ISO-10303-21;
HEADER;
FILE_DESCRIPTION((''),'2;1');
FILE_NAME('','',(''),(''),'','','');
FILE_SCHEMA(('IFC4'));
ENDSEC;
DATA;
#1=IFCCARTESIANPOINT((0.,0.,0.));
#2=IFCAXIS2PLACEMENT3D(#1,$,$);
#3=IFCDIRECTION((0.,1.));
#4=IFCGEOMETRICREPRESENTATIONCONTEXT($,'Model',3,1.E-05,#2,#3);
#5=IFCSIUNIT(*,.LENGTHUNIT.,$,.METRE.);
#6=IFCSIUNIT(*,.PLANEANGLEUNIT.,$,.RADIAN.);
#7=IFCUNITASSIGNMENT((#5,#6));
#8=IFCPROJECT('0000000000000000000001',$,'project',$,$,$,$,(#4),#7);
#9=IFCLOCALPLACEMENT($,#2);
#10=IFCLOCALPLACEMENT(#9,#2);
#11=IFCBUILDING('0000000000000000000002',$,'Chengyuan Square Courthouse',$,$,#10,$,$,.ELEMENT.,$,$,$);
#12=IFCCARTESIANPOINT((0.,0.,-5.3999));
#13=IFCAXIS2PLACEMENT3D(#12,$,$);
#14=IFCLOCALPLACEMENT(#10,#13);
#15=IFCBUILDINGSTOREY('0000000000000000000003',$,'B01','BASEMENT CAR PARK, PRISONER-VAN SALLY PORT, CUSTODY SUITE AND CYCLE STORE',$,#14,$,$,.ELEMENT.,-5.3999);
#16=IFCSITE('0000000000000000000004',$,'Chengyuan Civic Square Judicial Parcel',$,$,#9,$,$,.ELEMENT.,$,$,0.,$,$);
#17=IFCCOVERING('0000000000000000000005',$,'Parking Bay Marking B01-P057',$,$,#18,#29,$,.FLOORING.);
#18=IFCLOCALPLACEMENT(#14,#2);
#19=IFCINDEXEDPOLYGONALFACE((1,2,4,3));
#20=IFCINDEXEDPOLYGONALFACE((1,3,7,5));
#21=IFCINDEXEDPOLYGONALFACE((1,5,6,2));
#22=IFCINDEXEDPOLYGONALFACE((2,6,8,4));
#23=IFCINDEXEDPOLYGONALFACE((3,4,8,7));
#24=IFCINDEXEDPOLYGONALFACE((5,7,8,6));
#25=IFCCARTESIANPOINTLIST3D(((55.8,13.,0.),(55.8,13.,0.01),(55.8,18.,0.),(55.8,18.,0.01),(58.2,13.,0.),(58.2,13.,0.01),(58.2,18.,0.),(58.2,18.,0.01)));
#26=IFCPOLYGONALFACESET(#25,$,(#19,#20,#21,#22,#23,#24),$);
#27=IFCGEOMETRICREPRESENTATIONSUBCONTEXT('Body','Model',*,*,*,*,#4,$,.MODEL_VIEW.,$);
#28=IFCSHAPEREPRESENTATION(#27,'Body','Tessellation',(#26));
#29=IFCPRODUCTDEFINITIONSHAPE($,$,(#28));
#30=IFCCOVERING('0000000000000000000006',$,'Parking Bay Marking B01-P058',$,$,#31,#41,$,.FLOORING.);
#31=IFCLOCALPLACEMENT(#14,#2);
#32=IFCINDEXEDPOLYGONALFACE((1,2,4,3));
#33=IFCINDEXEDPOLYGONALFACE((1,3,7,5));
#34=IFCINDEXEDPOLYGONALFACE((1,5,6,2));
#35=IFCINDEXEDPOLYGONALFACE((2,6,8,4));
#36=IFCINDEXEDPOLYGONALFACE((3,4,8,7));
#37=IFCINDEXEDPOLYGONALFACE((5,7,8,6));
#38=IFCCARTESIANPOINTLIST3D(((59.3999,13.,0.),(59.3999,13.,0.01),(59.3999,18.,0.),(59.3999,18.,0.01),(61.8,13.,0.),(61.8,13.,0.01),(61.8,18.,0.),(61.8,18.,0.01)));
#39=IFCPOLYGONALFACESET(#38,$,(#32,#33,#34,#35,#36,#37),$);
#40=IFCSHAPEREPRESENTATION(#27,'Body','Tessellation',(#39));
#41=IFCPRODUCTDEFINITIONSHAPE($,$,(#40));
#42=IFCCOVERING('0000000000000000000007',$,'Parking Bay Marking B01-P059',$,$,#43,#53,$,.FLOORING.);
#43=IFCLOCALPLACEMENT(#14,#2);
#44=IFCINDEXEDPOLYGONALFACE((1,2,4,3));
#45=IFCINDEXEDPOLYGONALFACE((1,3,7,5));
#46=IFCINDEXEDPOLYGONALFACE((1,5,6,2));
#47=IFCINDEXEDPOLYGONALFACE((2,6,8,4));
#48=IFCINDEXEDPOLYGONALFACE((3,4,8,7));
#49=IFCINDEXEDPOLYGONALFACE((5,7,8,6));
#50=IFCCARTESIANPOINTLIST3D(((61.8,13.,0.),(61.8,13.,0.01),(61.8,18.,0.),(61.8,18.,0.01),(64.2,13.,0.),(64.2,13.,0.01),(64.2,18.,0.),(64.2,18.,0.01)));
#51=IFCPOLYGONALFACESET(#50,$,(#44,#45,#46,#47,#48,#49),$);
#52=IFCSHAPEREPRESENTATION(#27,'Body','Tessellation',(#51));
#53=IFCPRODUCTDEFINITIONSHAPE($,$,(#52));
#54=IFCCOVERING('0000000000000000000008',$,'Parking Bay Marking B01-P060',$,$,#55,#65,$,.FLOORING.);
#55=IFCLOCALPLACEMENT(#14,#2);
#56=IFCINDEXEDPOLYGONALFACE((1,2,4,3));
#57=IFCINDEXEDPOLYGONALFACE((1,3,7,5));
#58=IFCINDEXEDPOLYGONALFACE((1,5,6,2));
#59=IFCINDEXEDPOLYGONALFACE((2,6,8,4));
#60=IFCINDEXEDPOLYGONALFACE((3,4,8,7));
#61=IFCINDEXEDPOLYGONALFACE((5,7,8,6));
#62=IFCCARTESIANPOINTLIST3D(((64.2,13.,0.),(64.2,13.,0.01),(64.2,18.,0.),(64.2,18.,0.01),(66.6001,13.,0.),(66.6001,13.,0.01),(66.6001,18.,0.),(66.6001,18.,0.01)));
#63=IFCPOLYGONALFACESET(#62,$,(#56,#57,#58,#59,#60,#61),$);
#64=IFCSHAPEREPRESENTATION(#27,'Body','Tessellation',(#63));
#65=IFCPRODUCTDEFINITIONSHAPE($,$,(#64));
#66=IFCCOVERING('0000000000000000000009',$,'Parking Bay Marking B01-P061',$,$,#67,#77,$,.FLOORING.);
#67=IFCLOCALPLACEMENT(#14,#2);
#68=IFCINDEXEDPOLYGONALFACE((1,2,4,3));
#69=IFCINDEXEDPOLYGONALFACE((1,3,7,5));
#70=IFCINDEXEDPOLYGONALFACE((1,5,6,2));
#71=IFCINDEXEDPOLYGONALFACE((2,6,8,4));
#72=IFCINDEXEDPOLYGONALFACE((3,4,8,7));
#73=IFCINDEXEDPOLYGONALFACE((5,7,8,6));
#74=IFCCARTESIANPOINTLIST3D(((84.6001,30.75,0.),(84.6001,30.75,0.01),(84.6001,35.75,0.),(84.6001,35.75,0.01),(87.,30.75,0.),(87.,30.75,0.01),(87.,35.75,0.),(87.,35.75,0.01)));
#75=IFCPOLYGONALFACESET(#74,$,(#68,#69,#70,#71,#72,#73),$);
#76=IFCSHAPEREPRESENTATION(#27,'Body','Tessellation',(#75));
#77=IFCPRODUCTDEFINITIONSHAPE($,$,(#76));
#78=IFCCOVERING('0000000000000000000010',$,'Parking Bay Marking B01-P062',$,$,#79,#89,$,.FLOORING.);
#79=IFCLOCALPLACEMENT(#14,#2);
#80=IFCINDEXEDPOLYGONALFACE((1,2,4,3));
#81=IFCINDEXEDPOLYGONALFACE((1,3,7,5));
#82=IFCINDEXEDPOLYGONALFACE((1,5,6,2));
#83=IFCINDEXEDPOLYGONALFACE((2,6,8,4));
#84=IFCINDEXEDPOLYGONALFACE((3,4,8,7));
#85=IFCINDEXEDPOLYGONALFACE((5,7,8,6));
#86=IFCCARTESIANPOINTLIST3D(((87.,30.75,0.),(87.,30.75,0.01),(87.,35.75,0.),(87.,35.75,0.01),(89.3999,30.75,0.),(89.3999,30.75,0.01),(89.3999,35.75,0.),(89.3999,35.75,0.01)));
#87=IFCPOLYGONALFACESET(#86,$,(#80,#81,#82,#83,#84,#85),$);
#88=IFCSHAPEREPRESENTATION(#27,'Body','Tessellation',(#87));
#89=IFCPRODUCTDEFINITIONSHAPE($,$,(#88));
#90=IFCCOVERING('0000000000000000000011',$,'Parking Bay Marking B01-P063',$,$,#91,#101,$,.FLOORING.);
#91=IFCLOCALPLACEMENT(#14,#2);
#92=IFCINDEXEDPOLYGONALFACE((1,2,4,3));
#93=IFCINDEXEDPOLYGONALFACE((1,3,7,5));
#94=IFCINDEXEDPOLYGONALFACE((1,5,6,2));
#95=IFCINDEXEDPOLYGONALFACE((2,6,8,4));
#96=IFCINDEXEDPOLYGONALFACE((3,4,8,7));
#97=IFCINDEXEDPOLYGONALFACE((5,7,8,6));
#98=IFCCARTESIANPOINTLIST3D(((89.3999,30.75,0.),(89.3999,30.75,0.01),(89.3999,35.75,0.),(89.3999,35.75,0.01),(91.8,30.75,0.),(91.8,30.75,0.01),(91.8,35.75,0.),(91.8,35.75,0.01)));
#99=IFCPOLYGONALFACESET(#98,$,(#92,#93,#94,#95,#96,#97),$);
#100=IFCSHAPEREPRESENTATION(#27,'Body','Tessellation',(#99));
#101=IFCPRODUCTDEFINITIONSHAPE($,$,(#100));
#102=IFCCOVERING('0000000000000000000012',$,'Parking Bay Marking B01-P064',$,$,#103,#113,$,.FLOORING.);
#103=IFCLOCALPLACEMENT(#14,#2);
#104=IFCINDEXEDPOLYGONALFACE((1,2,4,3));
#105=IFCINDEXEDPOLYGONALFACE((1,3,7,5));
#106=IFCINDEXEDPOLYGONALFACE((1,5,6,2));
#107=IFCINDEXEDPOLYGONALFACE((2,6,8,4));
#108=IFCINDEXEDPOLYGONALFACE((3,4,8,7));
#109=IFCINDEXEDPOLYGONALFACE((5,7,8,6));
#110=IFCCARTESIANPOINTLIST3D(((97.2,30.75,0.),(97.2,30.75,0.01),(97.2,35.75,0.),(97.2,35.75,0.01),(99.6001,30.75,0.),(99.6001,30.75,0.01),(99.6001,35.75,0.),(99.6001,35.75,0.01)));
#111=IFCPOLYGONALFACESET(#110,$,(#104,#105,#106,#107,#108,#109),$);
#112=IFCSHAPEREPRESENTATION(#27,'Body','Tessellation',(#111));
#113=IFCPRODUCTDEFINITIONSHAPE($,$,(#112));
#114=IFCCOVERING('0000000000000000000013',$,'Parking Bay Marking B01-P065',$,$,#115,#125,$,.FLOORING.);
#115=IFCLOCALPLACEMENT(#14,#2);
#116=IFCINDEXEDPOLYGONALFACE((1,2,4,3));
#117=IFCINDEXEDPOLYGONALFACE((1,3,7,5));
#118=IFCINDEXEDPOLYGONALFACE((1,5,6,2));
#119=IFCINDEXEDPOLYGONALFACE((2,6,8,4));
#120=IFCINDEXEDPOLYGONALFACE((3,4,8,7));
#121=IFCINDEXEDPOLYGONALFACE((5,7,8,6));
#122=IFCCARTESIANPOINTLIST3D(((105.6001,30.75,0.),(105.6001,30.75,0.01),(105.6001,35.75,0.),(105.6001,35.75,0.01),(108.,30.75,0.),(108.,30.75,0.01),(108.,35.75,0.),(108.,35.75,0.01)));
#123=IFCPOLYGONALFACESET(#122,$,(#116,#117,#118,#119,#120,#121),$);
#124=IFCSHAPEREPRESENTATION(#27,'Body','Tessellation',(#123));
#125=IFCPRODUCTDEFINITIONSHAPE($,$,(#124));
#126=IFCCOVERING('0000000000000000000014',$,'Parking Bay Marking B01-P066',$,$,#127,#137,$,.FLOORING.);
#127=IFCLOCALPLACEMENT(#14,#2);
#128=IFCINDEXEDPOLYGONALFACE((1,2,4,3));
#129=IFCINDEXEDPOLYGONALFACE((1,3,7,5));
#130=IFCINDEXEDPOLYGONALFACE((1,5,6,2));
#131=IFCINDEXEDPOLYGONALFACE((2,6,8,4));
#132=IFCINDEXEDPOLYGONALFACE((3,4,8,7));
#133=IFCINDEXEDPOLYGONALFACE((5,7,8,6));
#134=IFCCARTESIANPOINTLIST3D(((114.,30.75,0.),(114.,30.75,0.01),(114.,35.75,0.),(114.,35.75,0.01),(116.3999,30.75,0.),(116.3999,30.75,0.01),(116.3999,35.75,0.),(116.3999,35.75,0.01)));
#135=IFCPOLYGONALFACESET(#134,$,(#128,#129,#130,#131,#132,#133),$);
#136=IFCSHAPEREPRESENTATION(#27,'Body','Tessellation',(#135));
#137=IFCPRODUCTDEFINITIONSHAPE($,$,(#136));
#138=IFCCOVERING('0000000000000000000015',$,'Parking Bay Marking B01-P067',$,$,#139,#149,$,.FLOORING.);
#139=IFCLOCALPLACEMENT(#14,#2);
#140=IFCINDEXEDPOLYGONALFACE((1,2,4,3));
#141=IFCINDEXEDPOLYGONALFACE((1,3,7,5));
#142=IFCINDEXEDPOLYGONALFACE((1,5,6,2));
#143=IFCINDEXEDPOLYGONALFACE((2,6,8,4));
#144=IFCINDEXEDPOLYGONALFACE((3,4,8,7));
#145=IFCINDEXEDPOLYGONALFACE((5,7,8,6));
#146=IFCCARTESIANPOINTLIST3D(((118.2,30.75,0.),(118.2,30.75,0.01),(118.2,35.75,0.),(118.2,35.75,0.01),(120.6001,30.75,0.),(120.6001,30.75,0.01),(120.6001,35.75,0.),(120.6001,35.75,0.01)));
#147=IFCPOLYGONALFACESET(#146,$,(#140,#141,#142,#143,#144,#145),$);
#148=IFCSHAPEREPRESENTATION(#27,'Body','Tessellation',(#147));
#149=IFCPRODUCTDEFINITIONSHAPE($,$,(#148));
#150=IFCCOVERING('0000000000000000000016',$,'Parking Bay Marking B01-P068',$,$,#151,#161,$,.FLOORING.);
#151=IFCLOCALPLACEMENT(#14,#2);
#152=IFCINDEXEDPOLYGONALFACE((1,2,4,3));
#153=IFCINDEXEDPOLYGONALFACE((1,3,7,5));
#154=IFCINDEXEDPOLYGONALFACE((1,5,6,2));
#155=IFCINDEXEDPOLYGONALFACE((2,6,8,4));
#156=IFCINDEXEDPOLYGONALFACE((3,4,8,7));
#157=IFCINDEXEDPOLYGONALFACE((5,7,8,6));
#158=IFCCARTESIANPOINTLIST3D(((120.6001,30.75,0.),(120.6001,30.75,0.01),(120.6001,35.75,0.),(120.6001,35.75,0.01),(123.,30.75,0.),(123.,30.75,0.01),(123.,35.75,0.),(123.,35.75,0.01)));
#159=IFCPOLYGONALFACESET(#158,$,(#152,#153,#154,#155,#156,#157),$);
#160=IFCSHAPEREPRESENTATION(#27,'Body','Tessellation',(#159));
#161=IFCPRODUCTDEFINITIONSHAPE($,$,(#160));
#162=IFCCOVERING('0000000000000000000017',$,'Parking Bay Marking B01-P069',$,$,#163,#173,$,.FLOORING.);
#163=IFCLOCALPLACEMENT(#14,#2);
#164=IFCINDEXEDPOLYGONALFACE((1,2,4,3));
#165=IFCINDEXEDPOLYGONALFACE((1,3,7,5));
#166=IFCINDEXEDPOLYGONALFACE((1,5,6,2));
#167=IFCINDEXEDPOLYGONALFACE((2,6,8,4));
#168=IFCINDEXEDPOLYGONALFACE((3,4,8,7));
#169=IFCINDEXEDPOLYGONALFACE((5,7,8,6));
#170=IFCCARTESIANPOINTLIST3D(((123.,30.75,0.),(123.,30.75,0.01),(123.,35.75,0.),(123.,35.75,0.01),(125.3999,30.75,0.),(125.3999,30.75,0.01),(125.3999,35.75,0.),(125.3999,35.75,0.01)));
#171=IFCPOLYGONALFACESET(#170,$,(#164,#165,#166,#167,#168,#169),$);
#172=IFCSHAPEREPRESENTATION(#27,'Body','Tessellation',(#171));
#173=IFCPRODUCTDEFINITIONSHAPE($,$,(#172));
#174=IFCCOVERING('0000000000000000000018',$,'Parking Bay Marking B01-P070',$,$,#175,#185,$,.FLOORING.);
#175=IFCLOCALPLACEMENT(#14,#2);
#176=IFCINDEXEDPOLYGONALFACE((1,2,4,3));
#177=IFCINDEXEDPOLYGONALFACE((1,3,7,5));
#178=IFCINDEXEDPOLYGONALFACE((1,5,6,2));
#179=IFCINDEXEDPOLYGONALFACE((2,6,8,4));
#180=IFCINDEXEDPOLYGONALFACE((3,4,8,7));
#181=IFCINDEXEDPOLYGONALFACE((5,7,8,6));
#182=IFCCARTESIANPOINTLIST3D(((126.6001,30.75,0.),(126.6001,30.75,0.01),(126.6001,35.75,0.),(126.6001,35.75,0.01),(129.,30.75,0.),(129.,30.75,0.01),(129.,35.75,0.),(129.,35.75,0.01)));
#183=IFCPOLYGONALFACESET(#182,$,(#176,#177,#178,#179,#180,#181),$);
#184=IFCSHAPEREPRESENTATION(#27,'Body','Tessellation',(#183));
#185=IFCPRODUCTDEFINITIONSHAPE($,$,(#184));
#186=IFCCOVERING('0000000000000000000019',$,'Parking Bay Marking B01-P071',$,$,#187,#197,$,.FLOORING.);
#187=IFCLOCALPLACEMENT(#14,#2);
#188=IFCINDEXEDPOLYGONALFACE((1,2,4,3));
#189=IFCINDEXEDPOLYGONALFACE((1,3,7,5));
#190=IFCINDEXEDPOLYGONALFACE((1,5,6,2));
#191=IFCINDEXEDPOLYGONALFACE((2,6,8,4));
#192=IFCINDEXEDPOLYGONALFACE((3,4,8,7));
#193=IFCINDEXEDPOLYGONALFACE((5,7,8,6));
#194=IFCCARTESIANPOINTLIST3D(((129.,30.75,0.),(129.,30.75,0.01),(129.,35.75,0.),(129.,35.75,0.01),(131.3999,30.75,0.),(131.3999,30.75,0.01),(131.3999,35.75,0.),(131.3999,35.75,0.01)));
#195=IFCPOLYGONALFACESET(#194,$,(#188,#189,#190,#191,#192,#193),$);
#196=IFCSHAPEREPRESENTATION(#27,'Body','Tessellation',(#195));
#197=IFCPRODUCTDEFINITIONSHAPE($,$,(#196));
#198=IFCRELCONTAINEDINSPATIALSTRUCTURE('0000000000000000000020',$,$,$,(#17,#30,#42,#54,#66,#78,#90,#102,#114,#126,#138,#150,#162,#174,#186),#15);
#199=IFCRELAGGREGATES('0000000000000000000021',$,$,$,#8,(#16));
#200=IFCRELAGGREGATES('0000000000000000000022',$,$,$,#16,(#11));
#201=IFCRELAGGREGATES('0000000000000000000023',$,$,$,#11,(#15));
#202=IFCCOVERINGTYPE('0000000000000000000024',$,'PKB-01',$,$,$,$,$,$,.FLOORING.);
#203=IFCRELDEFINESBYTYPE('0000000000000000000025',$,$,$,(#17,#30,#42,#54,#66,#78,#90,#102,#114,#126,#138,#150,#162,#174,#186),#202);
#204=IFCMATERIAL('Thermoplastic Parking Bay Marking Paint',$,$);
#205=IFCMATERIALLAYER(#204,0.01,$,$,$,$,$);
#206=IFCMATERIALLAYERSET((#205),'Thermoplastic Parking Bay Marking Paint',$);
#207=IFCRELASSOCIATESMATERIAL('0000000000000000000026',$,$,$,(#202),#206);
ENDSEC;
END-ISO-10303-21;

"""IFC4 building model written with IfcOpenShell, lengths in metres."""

from ifc_helpers import new_model, si_unit, direction, frame, origin, place, context, subcontext, project, spatial, polyline, outline, extrude, material, layer, layer_set, type_object, element, save


model = new_model("IFC4")

# Units and contexts
model_context = context("Model", 3, precision=1e-05, world=origin(), true_north=direction((0.0, 1.0)))
body_context = subcontext(model_context, "Body", "Model", "MODEL_VIEW")
ifc_project = project(units=[si_unit("LENGTHUNIT", "METRE"), si_unit("PLANEANGLEUNIT", "RADIAN")], contexts=[model_context])

# Site, building, storey
site_placement = place(None, origin())
site = spatial("IfcSite", under=ifc_project, at=site_placement, Name="Chengyuan Civic Square Judicial Parcel", CompositionType="ELEMENT", RefElevation=0.0)
building_placement = place(site_placement, origin())
building = spatial("IfcBuilding", under=site, at=building_placement, Name="Chengyuan Square Courthouse", CompositionType="ELEMENT")
storey_placement = place(building_placement, frame((0.0, 0.0, -5.3999)))
storey = spatial("IfcBuildingStorey", under=building, at=storey_placement, Name="B01", Description="BASEMENT CAR PARK, PRISONER-VAN SALLY PORT, CUSTODY SUITE AND CYCLE STORE", CompositionType="ELEMENT", Elevation=-5.3999)

# Coverings
ifc_material_1 = material(Name="Thermoplastic Parking Bay Marking Paint")
ifc_layer_1 = layer(ifc_material_1, 0.01)
ifc_layer_set_1 = layer_set([ifc_layer_1], Name="Thermoplastic Parking Bay Marking Paint")
covering_type_1 = type_object("IfcCoveringType", Name="PKB-01", PredefinedType="FLOORING", material=ifc_layer_set_1)
covering_1_placement = place(storey_placement, origin())
element("IfcCovering", 1, at=covering_1_placement, inside=storey, type_object=covering_type_1, Name="Parking Bay Marking B01-P057", PredefinedType="FLOORING", context=body_context, shape_type="SweptSolid", body=[
    extrude(outline(polyline([(55.8, 13.0), (58.2, 13.0), (58.2, 18.0), (55.8, 18.0), (55.8, 13.0)])), origin(), (0.0, 0.0, 1.0), 0.01),
])
covering_2_placement = place(storey_placement, origin())
element("IfcCovering", 2, at=covering_2_placement, inside=storey, type_object=covering_type_1, Name="Parking Bay Marking B01-P058", PredefinedType="FLOORING", context=body_context, shape_type="SweptSolid", body=[
    extrude(outline(polyline([(59.3999, 13.0), (61.8, 13.0), (61.8, 18.0), (59.3999, 18.0), (59.3999, 13.0)])), origin(), (0.0, 0.0, 1.0), 0.01),
])
covering_3_placement = place(storey_placement, origin())
element("IfcCovering", 3, at=covering_3_placement, inside=storey, type_object=covering_type_1, Name="Parking Bay Marking B01-P059", PredefinedType="FLOORING", context=body_context, shape_type="SweptSolid", body=[
    extrude(outline(polyline([(61.8, 13.0), (64.2, 13.0), (64.2, 18.0), (61.8, 18.0), (61.8, 13.0)])), origin(), (0.0, 0.0, 1.0), 0.01),
])
covering_4_placement = place(storey_placement, origin())
element("IfcCovering", 4, at=covering_4_placement, inside=storey, type_object=covering_type_1, Name="Parking Bay Marking B01-P060", PredefinedType="FLOORING", context=body_context, shape_type="SweptSolid", body=[
    extrude(outline(polyline([(64.2, 13.0), (66.6001, 13.0), (66.6001, 18.0), (64.2, 18.0), (64.2, 13.0)])), origin(), (0.0, 0.0, 1.0), 0.01),
])
covering_5_placement = place(storey_placement, origin())
element("IfcCovering", 5, at=covering_5_placement, inside=storey, type_object=covering_type_1, Name="Parking Bay Marking B01-P061", PredefinedType="FLOORING", context=body_context, shape_type="SweptSolid", body=[
    extrude(outline(polyline([(84.6001, 30.75), (87.0, 30.75), (87.0, 35.75), (84.6001, 35.75), (84.6001, 30.75)])), origin(), (0.0, 0.0, 1.0), 0.01),
])
covering_6_placement = place(storey_placement, origin())
element("IfcCovering", 6, at=covering_6_placement, inside=storey, type_object=covering_type_1, Name="Parking Bay Marking B01-P062", PredefinedType="FLOORING", context=body_context, shape_type="SweptSolid", body=[
    extrude(outline(polyline([(87.0, 30.75), (89.3999, 30.75), (89.3999, 35.75), (87.0, 35.75), (87.0, 30.75)])), origin(), (0.0, 0.0, 1.0), 0.01),
])
covering_7_placement = place(storey_placement, origin())
element("IfcCovering", 7, at=covering_7_placement, inside=storey, type_object=covering_type_1, Name="Parking Bay Marking B01-P063", PredefinedType="FLOORING", context=body_context, shape_type="SweptSolid", body=[
    extrude(outline(polyline([(89.3999, 30.75), (91.8, 30.75), (91.8, 35.75), (89.3999, 35.75), (89.3999, 30.75)])), origin(), (0.0, 0.0, 1.0), 0.01),
])
covering_8_placement = place(storey_placement, origin())
element("IfcCovering", 8, at=covering_8_placement, inside=storey, type_object=covering_type_1, Name="Parking Bay Marking B01-P064", PredefinedType="FLOORING", context=body_context, shape_type="SweptSolid", body=[
    extrude(outline(polyline([(97.2, 30.75), (99.6001, 30.75), (99.6001, 35.75), (97.2, 35.75), (97.2, 30.75)])), origin(), (0.0, 0.0, 1.0), 0.01),
])
covering_9_placement = place(storey_placement, origin())
element("IfcCovering", 9, at=covering_9_placement, inside=storey, type_object=covering_type_1, Name="Parking Bay Marking B01-P065", PredefinedType="FLOORING", context=body_context, shape_type="SweptSolid", body=[
    extrude(outline(polyline([(105.6001, 30.75), (108.0, 30.75), (108.0, 35.75), (105.6001, 35.75), (105.6001, 30.75)])), origin(), (0.0, 0.0, 1.0), 0.01),
])
covering_10_placement = place(storey_placement, origin())
element("IfcCovering", 10, at=covering_10_placement, inside=storey, type_object=covering_type_1, Name="Parking Bay Marking B01-P066", PredefinedType="FLOORING", context=body_context, shape_type="SweptSolid", body=[
    extrude(outline(polyline([(114.0, 30.75), (116.3999, 30.75), (116.3999, 35.75), (114.0, 35.75), (114.0, 30.75)])), origin(), (0.0, 0.0, 1.0), 0.01),
])
covering_11_placement = place(storey_placement, origin())
element("IfcCovering", 11, at=covering_11_placement, inside=storey, type_object=covering_type_1, Name="Parking Bay Marking B01-P067", PredefinedType="FLOORING", context=body_context, shape_type="SweptSolid", body=[
    extrude(outline(polyline([(118.2, 30.75), (120.6001, 30.75), (120.6001, 35.75), (118.2, 35.75), (118.2, 30.75)])), origin(), (0.0, 0.0, 1.0), 0.01),
])
covering_12_placement = place(storey_placement, origin())
element("IfcCovering", 12, at=covering_12_placement, inside=storey, type_object=covering_type_1, Name="Parking Bay Marking B01-P068", PredefinedType="FLOORING", context=body_context, shape_type="SweptSolid", body=[
    extrude(outline(polyline([(120.6001, 30.75), (123.0, 30.75), (123.0, 35.75), (120.6001, 35.75), (120.6001, 30.75)])), origin(), (0.0, 0.0, 1.0), 0.01),
])
covering_13_placement = place(storey_placement, origin())
element("IfcCovering", 13, at=covering_13_placement, inside=storey, type_object=covering_type_1, Name="Parking Bay Marking B01-P069", PredefinedType="FLOORING", context=body_context, shape_type="SweptSolid", body=[
    extrude(outline(polyline([(123.0, 30.75), (125.3999, 30.75), (125.3999, 35.75), (123.0, 35.75), (123.0, 30.75)])), origin(), (0.0, 0.0, 1.0), 0.01),
])
covering_14_placement = place(storey_placement, origin())
element("IfcCovering", 14, at=covering_14_placement, inside=storey, type_object=covering_type_1, Name="Parking Bay Marking B01-P070", PredefinedType="FLOORING", context=body_context, shape_type="SweptSolid", body=[
    extrude(outline(polyline([(126.6001, 30.75), (129.0, 30.75), (129.0, 35.75), (126.6001, 35.75), (126.6001, 30.75)])), origin(), (0.0, 0.0, 1.0), 0.01),
])
covering_15_placement = place(storey_placement, origin())
element("IfcCovering", 15, at=covering_15_placement, inside=storey, type_object=covering_type_1, Name="Parking Bay Marking B01-P071", PredefinedType="FLOORING", context=body_context, shape_type="SweptSolid", body=[
    extrude(outline(polyline([(129.0, 30.75), (131.3999, 30.75), (131.3999, 35.75), (129.0, 35.75), (129.0, 30.75)])), origin(), (0.0, 0.0, 1.0), 0.01),
])

save(model, "model.ifc")
